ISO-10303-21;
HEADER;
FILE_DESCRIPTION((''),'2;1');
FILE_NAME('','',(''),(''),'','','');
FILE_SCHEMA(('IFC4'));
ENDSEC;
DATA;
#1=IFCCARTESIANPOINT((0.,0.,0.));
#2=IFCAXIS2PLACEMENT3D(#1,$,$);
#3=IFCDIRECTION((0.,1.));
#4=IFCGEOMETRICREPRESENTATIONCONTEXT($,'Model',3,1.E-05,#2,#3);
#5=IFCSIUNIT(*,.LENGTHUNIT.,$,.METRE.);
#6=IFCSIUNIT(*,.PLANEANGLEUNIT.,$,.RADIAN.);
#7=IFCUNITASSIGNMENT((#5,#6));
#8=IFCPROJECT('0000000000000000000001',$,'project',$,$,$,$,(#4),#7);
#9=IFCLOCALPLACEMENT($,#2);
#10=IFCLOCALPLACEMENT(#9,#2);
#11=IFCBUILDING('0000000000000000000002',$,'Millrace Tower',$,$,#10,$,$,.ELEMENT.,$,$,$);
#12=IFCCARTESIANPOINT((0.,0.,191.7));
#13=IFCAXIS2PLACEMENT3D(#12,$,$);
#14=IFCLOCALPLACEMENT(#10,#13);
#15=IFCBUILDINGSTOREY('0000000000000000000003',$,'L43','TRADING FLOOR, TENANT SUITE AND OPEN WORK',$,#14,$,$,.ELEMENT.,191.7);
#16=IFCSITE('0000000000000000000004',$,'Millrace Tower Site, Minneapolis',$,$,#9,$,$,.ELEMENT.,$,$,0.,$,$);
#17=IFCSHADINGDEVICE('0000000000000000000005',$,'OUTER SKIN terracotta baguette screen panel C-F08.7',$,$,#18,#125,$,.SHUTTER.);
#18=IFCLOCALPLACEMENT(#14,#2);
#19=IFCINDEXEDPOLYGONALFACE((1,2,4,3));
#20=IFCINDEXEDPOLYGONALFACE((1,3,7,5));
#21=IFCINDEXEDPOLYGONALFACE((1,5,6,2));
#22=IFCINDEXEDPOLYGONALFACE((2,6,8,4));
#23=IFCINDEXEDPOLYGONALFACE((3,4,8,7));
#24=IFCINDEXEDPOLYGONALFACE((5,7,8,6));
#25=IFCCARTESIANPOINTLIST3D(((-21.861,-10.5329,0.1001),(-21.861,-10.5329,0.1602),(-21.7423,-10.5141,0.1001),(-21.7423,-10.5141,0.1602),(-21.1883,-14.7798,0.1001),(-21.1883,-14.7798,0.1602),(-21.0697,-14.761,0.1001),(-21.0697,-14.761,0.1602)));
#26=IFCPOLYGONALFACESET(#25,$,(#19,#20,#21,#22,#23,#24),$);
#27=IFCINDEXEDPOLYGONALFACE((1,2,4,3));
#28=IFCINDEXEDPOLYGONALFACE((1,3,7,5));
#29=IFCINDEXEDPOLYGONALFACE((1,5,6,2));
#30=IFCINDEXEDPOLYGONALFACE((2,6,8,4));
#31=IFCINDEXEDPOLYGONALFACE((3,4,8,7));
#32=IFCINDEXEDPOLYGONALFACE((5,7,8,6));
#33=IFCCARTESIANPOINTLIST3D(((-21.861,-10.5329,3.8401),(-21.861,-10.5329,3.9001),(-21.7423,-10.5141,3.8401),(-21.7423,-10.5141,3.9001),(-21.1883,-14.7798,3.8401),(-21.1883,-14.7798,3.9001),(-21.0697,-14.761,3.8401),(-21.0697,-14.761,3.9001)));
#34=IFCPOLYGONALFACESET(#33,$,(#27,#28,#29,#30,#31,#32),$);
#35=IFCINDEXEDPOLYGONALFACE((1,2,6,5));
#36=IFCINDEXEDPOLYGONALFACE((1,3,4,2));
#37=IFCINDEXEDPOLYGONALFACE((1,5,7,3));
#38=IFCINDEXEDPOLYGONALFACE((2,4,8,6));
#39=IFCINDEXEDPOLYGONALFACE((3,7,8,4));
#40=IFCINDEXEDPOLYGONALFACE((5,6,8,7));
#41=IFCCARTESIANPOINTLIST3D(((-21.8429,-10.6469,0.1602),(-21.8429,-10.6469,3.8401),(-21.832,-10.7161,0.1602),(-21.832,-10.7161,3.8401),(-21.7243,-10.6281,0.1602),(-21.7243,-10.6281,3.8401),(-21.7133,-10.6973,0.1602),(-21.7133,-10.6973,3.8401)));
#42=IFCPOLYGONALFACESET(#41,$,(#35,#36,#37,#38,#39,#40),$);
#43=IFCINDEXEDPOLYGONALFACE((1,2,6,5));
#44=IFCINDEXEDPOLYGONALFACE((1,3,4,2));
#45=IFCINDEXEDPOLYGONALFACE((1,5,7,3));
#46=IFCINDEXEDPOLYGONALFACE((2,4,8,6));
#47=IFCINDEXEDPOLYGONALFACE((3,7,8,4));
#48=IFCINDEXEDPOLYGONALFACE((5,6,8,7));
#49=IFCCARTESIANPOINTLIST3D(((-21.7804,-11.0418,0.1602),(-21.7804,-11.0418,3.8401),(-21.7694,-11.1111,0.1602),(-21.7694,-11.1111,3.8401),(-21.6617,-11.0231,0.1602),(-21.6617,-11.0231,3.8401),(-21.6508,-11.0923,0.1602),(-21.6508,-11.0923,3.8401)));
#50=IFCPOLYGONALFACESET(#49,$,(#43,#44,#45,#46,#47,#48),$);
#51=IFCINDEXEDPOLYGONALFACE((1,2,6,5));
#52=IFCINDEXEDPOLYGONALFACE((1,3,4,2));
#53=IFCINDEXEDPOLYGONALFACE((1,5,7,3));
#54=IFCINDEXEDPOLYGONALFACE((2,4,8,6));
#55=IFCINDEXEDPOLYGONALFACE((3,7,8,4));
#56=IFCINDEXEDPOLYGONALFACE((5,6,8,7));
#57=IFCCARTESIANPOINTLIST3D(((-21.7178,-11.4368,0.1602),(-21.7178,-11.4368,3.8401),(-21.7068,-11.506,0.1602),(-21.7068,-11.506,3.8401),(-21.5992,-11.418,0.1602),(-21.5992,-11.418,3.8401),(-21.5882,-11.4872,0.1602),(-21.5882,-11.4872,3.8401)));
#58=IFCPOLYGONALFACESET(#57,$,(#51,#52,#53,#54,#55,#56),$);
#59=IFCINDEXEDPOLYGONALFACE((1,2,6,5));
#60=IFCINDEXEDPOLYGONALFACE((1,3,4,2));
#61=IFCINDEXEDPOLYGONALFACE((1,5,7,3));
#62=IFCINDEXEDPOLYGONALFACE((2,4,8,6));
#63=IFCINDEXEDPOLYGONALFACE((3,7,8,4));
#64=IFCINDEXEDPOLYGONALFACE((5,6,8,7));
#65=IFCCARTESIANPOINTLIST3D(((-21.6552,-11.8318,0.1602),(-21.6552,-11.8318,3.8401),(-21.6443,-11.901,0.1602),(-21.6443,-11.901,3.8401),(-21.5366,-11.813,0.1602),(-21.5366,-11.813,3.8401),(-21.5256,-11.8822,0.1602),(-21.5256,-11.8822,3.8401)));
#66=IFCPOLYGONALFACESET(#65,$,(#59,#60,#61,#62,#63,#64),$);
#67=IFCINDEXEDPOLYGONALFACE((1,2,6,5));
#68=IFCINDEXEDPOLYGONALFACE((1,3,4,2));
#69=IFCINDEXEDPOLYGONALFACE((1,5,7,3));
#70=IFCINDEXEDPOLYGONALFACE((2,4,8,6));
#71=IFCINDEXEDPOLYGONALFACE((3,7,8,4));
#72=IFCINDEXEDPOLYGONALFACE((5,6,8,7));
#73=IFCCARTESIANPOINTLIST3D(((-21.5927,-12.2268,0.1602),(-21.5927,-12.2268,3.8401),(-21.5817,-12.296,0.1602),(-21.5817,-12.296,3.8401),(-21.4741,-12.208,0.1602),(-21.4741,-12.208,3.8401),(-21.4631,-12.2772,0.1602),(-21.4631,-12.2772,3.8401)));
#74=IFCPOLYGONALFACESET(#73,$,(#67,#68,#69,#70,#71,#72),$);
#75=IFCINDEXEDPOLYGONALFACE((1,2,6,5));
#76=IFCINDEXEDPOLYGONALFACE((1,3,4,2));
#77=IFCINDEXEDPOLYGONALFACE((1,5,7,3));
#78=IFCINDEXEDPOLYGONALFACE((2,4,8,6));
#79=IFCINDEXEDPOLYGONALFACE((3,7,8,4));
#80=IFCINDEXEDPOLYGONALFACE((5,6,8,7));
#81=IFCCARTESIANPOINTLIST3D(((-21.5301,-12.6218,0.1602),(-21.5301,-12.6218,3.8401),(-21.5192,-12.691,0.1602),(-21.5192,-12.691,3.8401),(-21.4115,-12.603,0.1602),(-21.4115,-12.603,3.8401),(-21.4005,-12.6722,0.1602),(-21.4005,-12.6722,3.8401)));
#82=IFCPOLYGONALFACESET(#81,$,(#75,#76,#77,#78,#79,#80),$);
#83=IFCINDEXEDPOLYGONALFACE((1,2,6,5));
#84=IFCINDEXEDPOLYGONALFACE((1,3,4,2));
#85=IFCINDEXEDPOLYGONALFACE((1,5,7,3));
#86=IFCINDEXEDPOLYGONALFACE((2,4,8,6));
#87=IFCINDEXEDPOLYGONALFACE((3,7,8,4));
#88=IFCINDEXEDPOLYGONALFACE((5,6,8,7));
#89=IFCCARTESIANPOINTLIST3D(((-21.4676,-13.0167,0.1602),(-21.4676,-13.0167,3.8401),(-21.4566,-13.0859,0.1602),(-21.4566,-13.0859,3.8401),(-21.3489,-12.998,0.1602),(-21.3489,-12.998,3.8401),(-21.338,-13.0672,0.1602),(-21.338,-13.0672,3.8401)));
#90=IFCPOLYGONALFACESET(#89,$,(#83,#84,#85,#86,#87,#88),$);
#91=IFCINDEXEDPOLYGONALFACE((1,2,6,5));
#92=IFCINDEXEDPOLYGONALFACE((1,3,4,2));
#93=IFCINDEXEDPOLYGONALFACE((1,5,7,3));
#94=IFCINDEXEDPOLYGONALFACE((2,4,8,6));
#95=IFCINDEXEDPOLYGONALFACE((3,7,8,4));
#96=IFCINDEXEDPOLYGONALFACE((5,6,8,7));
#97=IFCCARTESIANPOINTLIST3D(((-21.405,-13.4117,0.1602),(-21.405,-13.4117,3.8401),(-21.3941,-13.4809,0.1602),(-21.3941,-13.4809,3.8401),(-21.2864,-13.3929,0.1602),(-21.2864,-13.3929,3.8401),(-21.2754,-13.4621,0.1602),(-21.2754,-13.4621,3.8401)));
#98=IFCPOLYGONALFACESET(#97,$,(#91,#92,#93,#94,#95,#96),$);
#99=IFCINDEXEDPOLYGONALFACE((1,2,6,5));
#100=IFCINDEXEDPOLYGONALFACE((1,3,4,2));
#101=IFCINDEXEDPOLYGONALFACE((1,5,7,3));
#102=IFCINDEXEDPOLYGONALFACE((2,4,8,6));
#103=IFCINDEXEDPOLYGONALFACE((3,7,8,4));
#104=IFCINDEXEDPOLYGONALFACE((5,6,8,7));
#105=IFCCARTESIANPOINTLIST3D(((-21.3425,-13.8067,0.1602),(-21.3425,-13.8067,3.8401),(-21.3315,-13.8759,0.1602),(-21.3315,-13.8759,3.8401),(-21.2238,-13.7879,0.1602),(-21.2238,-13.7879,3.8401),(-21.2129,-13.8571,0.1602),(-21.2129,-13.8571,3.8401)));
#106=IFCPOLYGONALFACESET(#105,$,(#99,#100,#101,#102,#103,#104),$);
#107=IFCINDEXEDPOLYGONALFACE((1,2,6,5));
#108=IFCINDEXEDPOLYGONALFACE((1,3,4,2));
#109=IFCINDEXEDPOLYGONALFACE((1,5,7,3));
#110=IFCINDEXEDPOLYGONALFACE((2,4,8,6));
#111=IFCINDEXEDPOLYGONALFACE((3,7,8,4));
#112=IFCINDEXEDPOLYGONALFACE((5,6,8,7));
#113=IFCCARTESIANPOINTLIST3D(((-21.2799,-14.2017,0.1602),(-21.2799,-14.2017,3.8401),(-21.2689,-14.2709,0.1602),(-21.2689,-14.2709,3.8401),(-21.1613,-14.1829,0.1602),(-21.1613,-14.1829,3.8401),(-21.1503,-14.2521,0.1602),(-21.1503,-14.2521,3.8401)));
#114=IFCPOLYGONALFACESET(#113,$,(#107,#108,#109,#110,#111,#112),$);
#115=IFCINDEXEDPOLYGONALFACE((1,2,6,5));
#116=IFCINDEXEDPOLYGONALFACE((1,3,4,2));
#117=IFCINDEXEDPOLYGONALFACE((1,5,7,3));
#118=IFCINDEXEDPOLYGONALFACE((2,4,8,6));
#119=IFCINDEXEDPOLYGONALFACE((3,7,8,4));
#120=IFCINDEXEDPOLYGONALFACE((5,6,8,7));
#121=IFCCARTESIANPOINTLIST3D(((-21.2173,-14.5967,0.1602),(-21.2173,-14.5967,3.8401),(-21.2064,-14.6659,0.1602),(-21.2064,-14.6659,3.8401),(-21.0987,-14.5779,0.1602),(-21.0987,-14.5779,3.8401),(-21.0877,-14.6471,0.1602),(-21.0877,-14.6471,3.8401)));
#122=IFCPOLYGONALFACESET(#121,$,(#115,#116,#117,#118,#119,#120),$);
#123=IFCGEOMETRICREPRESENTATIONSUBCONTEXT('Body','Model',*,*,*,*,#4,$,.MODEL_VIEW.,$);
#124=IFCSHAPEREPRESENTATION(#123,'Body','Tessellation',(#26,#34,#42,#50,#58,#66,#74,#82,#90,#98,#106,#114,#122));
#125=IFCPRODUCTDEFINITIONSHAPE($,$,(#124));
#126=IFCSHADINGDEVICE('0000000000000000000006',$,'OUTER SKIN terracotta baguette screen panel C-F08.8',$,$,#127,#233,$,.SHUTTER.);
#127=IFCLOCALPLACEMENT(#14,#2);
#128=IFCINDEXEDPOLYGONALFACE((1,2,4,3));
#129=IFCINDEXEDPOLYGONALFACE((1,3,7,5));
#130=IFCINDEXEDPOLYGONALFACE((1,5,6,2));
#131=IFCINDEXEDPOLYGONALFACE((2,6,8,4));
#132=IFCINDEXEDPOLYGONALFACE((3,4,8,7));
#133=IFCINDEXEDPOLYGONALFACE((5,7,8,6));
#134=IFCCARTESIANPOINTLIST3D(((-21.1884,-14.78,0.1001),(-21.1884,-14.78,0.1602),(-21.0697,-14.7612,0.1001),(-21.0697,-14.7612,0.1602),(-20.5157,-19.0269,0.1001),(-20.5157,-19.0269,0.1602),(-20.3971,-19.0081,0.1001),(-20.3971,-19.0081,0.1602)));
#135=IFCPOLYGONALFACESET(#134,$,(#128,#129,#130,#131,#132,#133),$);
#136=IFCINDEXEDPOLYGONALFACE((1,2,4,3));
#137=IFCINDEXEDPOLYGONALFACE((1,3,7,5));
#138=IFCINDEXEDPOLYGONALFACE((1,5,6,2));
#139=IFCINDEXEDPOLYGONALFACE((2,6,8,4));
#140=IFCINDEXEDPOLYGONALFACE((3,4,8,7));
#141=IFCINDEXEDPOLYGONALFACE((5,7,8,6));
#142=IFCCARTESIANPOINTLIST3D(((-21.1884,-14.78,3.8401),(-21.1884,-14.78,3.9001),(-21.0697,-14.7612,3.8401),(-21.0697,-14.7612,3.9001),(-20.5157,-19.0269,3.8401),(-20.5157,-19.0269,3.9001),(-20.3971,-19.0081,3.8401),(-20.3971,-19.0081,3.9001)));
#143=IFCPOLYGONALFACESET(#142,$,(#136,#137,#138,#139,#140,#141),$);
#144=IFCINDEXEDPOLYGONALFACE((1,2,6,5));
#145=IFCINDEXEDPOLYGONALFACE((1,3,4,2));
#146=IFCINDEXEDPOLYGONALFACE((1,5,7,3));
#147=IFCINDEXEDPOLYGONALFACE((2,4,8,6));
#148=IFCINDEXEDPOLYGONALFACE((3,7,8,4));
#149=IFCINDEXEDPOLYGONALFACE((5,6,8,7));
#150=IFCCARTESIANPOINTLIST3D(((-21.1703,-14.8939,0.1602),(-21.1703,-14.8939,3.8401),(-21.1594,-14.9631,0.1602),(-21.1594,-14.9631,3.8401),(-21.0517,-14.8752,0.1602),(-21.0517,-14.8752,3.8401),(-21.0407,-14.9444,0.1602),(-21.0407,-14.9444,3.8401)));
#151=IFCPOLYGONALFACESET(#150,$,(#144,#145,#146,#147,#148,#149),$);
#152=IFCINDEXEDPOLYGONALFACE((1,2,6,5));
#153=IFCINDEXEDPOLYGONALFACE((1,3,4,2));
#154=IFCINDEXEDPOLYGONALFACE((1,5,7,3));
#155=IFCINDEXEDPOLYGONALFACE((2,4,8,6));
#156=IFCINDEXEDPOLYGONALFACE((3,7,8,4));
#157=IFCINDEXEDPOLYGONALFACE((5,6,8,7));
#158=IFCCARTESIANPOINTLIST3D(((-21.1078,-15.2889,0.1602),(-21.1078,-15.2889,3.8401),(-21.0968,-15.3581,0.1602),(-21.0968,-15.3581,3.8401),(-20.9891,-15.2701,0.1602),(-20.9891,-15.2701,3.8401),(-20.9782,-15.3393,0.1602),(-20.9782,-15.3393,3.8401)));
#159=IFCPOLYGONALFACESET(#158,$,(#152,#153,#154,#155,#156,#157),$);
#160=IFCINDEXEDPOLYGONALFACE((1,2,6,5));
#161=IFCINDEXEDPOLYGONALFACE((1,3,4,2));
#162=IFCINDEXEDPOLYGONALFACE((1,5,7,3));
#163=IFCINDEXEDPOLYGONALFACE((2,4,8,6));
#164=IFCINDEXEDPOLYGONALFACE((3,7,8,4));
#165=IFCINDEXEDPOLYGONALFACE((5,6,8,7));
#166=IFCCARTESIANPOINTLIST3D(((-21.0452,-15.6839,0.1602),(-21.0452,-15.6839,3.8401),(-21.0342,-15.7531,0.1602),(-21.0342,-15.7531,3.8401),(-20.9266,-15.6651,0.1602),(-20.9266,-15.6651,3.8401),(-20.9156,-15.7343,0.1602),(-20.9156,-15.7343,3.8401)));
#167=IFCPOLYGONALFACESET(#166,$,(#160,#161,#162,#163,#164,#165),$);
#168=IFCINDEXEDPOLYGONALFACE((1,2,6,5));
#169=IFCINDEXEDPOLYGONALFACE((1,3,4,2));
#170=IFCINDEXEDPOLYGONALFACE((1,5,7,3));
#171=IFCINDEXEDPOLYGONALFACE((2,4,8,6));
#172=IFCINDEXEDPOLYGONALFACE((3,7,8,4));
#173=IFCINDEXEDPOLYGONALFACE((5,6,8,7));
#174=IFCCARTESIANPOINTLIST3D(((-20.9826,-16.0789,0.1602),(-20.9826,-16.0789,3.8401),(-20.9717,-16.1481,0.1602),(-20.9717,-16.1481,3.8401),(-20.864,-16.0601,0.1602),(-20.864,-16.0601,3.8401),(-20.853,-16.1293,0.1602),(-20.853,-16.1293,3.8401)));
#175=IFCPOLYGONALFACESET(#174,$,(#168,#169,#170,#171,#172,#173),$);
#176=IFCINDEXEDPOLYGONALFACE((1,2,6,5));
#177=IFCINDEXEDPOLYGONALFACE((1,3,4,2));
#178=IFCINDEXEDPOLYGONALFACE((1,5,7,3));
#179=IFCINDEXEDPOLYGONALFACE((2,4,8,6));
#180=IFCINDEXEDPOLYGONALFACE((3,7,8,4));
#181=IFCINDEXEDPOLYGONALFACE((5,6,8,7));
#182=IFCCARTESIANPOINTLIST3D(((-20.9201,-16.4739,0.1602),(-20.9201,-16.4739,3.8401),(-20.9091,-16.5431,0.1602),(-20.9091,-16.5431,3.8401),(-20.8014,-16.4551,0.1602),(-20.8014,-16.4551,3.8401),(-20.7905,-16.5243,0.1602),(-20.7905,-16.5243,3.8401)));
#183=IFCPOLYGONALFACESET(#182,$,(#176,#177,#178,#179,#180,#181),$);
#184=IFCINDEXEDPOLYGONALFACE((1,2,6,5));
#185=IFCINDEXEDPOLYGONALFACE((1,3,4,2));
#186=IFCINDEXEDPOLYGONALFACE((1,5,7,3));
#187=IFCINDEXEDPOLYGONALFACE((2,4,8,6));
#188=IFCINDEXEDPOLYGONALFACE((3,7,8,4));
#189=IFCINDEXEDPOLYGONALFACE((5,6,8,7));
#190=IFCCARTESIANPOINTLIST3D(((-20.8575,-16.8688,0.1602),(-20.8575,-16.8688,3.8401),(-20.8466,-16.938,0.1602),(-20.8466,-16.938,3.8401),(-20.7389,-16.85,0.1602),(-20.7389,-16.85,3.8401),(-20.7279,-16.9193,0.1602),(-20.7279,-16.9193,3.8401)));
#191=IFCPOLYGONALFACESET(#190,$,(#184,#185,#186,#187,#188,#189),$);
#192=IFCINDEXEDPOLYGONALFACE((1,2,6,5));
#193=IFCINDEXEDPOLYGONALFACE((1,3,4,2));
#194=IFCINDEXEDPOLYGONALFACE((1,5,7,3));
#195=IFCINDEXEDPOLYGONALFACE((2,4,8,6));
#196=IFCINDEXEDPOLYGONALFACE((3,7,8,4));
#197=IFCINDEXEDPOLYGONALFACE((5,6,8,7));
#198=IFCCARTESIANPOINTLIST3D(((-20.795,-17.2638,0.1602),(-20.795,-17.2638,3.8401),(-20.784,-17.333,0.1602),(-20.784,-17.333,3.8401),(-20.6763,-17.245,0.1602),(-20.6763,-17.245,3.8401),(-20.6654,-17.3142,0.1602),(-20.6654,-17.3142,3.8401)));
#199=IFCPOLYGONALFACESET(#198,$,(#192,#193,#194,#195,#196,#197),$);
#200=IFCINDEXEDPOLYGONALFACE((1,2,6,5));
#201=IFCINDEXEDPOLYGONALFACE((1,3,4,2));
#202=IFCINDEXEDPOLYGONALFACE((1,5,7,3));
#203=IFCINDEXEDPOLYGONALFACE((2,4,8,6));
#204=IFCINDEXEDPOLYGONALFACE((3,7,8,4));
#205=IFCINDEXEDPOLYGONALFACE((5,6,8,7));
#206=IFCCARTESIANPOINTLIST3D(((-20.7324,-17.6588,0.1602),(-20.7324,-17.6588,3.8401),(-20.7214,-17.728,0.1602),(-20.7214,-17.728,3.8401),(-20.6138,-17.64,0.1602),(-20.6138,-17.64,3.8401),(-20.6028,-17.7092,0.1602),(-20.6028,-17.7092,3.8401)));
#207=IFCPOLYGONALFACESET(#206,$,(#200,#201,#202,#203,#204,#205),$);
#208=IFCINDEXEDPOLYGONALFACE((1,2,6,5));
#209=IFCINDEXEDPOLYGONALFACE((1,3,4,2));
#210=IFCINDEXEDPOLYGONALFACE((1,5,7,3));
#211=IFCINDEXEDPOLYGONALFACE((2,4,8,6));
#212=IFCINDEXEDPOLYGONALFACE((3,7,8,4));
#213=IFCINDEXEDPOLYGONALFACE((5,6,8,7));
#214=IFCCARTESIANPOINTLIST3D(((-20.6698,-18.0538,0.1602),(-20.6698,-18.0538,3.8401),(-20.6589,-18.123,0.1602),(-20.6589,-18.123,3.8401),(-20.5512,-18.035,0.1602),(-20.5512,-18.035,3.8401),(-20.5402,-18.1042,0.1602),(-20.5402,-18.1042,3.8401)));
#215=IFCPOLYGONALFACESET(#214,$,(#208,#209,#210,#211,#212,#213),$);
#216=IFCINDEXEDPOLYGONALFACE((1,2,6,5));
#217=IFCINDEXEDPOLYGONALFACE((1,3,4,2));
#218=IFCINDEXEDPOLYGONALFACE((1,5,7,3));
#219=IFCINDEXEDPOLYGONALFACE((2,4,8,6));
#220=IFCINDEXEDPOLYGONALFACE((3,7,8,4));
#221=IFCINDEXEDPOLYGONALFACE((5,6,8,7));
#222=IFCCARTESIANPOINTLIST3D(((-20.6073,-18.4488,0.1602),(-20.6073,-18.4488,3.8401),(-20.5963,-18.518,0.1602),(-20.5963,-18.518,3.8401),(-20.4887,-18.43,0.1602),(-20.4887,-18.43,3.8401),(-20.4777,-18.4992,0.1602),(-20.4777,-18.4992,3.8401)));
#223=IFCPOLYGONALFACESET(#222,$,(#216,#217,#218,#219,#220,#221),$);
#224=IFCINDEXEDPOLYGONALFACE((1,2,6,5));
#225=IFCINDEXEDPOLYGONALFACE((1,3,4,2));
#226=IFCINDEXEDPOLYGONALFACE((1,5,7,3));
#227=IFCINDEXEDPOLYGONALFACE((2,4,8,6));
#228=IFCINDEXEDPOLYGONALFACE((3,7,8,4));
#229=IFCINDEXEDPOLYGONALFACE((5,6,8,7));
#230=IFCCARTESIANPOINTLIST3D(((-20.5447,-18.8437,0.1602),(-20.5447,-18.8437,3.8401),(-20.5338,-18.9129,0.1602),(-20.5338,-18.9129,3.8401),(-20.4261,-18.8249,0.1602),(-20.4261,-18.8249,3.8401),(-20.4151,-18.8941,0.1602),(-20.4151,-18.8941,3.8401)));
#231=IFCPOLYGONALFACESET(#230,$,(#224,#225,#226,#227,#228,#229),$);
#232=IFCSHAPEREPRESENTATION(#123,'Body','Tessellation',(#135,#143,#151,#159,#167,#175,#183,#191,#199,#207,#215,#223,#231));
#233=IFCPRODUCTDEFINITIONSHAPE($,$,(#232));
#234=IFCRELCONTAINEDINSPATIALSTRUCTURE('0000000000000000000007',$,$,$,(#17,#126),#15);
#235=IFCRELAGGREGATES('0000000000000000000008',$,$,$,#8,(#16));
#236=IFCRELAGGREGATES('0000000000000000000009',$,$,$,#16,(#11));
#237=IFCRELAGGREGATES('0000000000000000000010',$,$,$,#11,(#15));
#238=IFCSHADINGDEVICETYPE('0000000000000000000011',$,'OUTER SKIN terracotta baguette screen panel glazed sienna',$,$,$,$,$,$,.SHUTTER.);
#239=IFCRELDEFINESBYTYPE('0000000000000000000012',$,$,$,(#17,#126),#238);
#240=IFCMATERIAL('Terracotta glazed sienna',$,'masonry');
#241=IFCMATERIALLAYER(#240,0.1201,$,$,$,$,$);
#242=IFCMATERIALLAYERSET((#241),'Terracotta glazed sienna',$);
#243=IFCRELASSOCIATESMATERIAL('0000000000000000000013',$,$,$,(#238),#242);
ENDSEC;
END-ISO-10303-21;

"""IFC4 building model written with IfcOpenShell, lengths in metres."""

from ifc_helpers import new_model, entity, si_unit, direction, frame, frame_2d, origin, origin_2d, place, context, subcontext, project, spatial, rectangle, extrude, source, transform, mapped, material, layer, layer_set, type_object, element, save


model = new_model("IFC4")

# Units and contexts
model_context = context("Model", 3, precision=1e-05, world=origin(), true_north=direction((0.0, 1.0)))
body_context = subcontext(model_context, "Body", "Model", "MODEL_VIEW")
ifc_project = project(units=[si_unit("LENGTHUNIT", "METRE"), si_unit("PLANEANGLEUNIT", "RADIAN")], contexts=[model_context])

# Site, building, storey
site_placement = place(None, origin())
site = spatial("IfcSite", under=ifc_project, at=site_placement, Name="Millrace Tower Site, Minneapolis", CompositionType="ELEMENT", RefElevation=0.0)
building_placement = place(site_placement, origin())
building = spatial("IfcBuilding", under=site, at=building_placement, Name="Millrace Tower", CompositionType="ELEMENT")
storey_placement = place(building_placement, frame((0.0, 0.0, 191.7)))
storey = spatial("IfcBuildingStorey", under=building, at=storey_placement, Name="L43", Description="TRADING FLOOR, TENANT SUITE AND OPEN WORK", CompositionType="ELEMENT", Elevation=191.7)

# Shading devices
ifc_material_1 = material(Name="Terracotta glazed sienna", Category="masonry")
ifc_layer_1 = layer(ifc_material_1, 0.1201)
ifc_layer_set_1 = layer_set([ifc_layer_1], Name="Terracotta glazed sienna")
shading_device_type = type_object("IfcShadingDeviceType", Name="OUTER SKIN terracotta baguette screen panel glazed sienna", PredefinedType="SHUTTER", material=ifc_layer_set_1)
cartesian_point_1 = entity("IfcCartesianPoint", [-2.1499, 0.0601])
shared_polyline_1 = entity("IfcPolyline", [cartesian_point_1, entity("IfcCartesianPoint", [2.1499, 0.0601]), entity("IfcCartesianPoint", [2.1499, -0.0601]), entity("IfcCartesianPoint", [-2.1499, -0.0601]), cartesian_point_1])
shared_shape_1 = source(origin(), body_context, "Body", "SweptSolid", [
    entity("IfcExtrudedAreaSolid", entity("IfcArbitraryClosedProfileDef", "AREA", None, shared_polyline_1), entity("IfcAxis2Placement3D", entity("IfcCartesianPoint", [0.0, 0.0, 0.0])), entity("IfcDirection", [0.0, 0.0, 1.0]), 0.0601),
    entity("IfcExtrudedAreaSolid", entity("IfcArbitraryClosedProfileDef", "AREA", None, shared_polyline_1), entity("IfcAxis2Placement3D", entity("IfcCartesianPoint", [0.0, 0.0, 3.74])), entity("IfcDirection", [0.0, 0.0, 1.0]), 0.0601),
    extrude(rectangle(XDim=0.0701, YDim=0.1201, at=frame_2d((-1.9995, 0.0))), frame((0.0, 0.0, 0.0601)), (0.0, 0.0, 1.0), 3.6799),
    extrude(rectangle(XDim=0.0701, YDim=0.1201, at=frame_2d((-1.5996, 0.0))), frame((0.0, 0.0, 0.0601)), (0.0, 0.0, 1.0), 3.6799),
    extrude(rectangle(XDim=0.0701, YDim=0.1201, at=frame_2d((-1.1997, 0.0))), frame((0.0, 0.0, 0.0601)), (0.0, 0.0, 1.0), 3.6799),
    extrude(rectangle(XDim=0.0701, YDim=0.1201, at=frame_2d((-0.7998, 0.0))), frame((0.0, 0.0, 0.0601)), (0.0, 0.0, 1.0), 3.6799),
    extrude(rectangle(XDim=0.0701, YDim=0.1201, at=frame_2d((-0.3999, 0.0))), frame((0.0, 0.0, 0.0601)), (0.0, 0.0, 1.0), 3.6799),
    extrude(rectangle(XDim=0.0701, YDim=0.1201, at=origin_2d()), frame((0.0, 0.0, 0.0601)), (0.0, 0.0, 1.0), 3.6799),
    extrude(rectangle(XDim=0.0701, YDim=0.1201, at=frame_2d((0.3999, 0.0))), frame((0.0, 0.0, 0.0601)), (0.0, 0.0, 1.0), 3.6799),
    extrude(rectangle(XDim=0.0701, YDim=0.1201, at=frame_2d((0.7998, 0.0))), frame((0.0, 0.0, 0.0601)), (0.0, 0.0, 1.0), 3.6799),
    extrude(rectangle(XDim=0.0701, YDim=0.1201, at=frame_2d((1.1997, 0.0))), frame((0.0, 0.0, 0.0601)), (0.0, 0.0, 1.0), 3.6799),
    extrude(rectangle(XDim=0.0701, YDim=0.1201, at=frame_2d((1.5996, 0.0))), frame((0.0, 0.0, 0.0601)), (0.0, 0.0, 1.0), 3.6799),
    extrude(rectangle(XDim=0.0701, YDim=0.1201, at=frame_2d((1.9995, 0.0))), frame((0.0, 0.0, 0.0601)), (0.0, 0.0, 1.0), 3.6799),
])
for number, where, z_axis, x_axis, name in (
    (1, (-21.4653, -12.647, 0.1001), (0.0, 0.0, 1.0), (0.156434, -0.987688, 0.0), "OUTER SKIN terracotta baguette screen panel C-F08.7"),
    (2, (-20.7927, -16.894, 0.1001), (0.0, 0.0, 1.0), (0.156434, -0.987688, 0.0), "OUTER SKIN terracotta baguette screen panel C-F08.8"),
):
    element("IfcShadingDevice", number, at=place(storey_placement, frame(where, z_axis=z_axis, x_axis=x_axis)), inside=storey, type_object=shading_device_type, Name=name, PredefinedType="SHUTTER", context=body_context, shape_type="MappedRepresentation", body=[
        mapped(shared_shape_1, transform((0.0, 0.0, 0.0), scale=1.0)),
    ])

save(model, "model.ifc")
